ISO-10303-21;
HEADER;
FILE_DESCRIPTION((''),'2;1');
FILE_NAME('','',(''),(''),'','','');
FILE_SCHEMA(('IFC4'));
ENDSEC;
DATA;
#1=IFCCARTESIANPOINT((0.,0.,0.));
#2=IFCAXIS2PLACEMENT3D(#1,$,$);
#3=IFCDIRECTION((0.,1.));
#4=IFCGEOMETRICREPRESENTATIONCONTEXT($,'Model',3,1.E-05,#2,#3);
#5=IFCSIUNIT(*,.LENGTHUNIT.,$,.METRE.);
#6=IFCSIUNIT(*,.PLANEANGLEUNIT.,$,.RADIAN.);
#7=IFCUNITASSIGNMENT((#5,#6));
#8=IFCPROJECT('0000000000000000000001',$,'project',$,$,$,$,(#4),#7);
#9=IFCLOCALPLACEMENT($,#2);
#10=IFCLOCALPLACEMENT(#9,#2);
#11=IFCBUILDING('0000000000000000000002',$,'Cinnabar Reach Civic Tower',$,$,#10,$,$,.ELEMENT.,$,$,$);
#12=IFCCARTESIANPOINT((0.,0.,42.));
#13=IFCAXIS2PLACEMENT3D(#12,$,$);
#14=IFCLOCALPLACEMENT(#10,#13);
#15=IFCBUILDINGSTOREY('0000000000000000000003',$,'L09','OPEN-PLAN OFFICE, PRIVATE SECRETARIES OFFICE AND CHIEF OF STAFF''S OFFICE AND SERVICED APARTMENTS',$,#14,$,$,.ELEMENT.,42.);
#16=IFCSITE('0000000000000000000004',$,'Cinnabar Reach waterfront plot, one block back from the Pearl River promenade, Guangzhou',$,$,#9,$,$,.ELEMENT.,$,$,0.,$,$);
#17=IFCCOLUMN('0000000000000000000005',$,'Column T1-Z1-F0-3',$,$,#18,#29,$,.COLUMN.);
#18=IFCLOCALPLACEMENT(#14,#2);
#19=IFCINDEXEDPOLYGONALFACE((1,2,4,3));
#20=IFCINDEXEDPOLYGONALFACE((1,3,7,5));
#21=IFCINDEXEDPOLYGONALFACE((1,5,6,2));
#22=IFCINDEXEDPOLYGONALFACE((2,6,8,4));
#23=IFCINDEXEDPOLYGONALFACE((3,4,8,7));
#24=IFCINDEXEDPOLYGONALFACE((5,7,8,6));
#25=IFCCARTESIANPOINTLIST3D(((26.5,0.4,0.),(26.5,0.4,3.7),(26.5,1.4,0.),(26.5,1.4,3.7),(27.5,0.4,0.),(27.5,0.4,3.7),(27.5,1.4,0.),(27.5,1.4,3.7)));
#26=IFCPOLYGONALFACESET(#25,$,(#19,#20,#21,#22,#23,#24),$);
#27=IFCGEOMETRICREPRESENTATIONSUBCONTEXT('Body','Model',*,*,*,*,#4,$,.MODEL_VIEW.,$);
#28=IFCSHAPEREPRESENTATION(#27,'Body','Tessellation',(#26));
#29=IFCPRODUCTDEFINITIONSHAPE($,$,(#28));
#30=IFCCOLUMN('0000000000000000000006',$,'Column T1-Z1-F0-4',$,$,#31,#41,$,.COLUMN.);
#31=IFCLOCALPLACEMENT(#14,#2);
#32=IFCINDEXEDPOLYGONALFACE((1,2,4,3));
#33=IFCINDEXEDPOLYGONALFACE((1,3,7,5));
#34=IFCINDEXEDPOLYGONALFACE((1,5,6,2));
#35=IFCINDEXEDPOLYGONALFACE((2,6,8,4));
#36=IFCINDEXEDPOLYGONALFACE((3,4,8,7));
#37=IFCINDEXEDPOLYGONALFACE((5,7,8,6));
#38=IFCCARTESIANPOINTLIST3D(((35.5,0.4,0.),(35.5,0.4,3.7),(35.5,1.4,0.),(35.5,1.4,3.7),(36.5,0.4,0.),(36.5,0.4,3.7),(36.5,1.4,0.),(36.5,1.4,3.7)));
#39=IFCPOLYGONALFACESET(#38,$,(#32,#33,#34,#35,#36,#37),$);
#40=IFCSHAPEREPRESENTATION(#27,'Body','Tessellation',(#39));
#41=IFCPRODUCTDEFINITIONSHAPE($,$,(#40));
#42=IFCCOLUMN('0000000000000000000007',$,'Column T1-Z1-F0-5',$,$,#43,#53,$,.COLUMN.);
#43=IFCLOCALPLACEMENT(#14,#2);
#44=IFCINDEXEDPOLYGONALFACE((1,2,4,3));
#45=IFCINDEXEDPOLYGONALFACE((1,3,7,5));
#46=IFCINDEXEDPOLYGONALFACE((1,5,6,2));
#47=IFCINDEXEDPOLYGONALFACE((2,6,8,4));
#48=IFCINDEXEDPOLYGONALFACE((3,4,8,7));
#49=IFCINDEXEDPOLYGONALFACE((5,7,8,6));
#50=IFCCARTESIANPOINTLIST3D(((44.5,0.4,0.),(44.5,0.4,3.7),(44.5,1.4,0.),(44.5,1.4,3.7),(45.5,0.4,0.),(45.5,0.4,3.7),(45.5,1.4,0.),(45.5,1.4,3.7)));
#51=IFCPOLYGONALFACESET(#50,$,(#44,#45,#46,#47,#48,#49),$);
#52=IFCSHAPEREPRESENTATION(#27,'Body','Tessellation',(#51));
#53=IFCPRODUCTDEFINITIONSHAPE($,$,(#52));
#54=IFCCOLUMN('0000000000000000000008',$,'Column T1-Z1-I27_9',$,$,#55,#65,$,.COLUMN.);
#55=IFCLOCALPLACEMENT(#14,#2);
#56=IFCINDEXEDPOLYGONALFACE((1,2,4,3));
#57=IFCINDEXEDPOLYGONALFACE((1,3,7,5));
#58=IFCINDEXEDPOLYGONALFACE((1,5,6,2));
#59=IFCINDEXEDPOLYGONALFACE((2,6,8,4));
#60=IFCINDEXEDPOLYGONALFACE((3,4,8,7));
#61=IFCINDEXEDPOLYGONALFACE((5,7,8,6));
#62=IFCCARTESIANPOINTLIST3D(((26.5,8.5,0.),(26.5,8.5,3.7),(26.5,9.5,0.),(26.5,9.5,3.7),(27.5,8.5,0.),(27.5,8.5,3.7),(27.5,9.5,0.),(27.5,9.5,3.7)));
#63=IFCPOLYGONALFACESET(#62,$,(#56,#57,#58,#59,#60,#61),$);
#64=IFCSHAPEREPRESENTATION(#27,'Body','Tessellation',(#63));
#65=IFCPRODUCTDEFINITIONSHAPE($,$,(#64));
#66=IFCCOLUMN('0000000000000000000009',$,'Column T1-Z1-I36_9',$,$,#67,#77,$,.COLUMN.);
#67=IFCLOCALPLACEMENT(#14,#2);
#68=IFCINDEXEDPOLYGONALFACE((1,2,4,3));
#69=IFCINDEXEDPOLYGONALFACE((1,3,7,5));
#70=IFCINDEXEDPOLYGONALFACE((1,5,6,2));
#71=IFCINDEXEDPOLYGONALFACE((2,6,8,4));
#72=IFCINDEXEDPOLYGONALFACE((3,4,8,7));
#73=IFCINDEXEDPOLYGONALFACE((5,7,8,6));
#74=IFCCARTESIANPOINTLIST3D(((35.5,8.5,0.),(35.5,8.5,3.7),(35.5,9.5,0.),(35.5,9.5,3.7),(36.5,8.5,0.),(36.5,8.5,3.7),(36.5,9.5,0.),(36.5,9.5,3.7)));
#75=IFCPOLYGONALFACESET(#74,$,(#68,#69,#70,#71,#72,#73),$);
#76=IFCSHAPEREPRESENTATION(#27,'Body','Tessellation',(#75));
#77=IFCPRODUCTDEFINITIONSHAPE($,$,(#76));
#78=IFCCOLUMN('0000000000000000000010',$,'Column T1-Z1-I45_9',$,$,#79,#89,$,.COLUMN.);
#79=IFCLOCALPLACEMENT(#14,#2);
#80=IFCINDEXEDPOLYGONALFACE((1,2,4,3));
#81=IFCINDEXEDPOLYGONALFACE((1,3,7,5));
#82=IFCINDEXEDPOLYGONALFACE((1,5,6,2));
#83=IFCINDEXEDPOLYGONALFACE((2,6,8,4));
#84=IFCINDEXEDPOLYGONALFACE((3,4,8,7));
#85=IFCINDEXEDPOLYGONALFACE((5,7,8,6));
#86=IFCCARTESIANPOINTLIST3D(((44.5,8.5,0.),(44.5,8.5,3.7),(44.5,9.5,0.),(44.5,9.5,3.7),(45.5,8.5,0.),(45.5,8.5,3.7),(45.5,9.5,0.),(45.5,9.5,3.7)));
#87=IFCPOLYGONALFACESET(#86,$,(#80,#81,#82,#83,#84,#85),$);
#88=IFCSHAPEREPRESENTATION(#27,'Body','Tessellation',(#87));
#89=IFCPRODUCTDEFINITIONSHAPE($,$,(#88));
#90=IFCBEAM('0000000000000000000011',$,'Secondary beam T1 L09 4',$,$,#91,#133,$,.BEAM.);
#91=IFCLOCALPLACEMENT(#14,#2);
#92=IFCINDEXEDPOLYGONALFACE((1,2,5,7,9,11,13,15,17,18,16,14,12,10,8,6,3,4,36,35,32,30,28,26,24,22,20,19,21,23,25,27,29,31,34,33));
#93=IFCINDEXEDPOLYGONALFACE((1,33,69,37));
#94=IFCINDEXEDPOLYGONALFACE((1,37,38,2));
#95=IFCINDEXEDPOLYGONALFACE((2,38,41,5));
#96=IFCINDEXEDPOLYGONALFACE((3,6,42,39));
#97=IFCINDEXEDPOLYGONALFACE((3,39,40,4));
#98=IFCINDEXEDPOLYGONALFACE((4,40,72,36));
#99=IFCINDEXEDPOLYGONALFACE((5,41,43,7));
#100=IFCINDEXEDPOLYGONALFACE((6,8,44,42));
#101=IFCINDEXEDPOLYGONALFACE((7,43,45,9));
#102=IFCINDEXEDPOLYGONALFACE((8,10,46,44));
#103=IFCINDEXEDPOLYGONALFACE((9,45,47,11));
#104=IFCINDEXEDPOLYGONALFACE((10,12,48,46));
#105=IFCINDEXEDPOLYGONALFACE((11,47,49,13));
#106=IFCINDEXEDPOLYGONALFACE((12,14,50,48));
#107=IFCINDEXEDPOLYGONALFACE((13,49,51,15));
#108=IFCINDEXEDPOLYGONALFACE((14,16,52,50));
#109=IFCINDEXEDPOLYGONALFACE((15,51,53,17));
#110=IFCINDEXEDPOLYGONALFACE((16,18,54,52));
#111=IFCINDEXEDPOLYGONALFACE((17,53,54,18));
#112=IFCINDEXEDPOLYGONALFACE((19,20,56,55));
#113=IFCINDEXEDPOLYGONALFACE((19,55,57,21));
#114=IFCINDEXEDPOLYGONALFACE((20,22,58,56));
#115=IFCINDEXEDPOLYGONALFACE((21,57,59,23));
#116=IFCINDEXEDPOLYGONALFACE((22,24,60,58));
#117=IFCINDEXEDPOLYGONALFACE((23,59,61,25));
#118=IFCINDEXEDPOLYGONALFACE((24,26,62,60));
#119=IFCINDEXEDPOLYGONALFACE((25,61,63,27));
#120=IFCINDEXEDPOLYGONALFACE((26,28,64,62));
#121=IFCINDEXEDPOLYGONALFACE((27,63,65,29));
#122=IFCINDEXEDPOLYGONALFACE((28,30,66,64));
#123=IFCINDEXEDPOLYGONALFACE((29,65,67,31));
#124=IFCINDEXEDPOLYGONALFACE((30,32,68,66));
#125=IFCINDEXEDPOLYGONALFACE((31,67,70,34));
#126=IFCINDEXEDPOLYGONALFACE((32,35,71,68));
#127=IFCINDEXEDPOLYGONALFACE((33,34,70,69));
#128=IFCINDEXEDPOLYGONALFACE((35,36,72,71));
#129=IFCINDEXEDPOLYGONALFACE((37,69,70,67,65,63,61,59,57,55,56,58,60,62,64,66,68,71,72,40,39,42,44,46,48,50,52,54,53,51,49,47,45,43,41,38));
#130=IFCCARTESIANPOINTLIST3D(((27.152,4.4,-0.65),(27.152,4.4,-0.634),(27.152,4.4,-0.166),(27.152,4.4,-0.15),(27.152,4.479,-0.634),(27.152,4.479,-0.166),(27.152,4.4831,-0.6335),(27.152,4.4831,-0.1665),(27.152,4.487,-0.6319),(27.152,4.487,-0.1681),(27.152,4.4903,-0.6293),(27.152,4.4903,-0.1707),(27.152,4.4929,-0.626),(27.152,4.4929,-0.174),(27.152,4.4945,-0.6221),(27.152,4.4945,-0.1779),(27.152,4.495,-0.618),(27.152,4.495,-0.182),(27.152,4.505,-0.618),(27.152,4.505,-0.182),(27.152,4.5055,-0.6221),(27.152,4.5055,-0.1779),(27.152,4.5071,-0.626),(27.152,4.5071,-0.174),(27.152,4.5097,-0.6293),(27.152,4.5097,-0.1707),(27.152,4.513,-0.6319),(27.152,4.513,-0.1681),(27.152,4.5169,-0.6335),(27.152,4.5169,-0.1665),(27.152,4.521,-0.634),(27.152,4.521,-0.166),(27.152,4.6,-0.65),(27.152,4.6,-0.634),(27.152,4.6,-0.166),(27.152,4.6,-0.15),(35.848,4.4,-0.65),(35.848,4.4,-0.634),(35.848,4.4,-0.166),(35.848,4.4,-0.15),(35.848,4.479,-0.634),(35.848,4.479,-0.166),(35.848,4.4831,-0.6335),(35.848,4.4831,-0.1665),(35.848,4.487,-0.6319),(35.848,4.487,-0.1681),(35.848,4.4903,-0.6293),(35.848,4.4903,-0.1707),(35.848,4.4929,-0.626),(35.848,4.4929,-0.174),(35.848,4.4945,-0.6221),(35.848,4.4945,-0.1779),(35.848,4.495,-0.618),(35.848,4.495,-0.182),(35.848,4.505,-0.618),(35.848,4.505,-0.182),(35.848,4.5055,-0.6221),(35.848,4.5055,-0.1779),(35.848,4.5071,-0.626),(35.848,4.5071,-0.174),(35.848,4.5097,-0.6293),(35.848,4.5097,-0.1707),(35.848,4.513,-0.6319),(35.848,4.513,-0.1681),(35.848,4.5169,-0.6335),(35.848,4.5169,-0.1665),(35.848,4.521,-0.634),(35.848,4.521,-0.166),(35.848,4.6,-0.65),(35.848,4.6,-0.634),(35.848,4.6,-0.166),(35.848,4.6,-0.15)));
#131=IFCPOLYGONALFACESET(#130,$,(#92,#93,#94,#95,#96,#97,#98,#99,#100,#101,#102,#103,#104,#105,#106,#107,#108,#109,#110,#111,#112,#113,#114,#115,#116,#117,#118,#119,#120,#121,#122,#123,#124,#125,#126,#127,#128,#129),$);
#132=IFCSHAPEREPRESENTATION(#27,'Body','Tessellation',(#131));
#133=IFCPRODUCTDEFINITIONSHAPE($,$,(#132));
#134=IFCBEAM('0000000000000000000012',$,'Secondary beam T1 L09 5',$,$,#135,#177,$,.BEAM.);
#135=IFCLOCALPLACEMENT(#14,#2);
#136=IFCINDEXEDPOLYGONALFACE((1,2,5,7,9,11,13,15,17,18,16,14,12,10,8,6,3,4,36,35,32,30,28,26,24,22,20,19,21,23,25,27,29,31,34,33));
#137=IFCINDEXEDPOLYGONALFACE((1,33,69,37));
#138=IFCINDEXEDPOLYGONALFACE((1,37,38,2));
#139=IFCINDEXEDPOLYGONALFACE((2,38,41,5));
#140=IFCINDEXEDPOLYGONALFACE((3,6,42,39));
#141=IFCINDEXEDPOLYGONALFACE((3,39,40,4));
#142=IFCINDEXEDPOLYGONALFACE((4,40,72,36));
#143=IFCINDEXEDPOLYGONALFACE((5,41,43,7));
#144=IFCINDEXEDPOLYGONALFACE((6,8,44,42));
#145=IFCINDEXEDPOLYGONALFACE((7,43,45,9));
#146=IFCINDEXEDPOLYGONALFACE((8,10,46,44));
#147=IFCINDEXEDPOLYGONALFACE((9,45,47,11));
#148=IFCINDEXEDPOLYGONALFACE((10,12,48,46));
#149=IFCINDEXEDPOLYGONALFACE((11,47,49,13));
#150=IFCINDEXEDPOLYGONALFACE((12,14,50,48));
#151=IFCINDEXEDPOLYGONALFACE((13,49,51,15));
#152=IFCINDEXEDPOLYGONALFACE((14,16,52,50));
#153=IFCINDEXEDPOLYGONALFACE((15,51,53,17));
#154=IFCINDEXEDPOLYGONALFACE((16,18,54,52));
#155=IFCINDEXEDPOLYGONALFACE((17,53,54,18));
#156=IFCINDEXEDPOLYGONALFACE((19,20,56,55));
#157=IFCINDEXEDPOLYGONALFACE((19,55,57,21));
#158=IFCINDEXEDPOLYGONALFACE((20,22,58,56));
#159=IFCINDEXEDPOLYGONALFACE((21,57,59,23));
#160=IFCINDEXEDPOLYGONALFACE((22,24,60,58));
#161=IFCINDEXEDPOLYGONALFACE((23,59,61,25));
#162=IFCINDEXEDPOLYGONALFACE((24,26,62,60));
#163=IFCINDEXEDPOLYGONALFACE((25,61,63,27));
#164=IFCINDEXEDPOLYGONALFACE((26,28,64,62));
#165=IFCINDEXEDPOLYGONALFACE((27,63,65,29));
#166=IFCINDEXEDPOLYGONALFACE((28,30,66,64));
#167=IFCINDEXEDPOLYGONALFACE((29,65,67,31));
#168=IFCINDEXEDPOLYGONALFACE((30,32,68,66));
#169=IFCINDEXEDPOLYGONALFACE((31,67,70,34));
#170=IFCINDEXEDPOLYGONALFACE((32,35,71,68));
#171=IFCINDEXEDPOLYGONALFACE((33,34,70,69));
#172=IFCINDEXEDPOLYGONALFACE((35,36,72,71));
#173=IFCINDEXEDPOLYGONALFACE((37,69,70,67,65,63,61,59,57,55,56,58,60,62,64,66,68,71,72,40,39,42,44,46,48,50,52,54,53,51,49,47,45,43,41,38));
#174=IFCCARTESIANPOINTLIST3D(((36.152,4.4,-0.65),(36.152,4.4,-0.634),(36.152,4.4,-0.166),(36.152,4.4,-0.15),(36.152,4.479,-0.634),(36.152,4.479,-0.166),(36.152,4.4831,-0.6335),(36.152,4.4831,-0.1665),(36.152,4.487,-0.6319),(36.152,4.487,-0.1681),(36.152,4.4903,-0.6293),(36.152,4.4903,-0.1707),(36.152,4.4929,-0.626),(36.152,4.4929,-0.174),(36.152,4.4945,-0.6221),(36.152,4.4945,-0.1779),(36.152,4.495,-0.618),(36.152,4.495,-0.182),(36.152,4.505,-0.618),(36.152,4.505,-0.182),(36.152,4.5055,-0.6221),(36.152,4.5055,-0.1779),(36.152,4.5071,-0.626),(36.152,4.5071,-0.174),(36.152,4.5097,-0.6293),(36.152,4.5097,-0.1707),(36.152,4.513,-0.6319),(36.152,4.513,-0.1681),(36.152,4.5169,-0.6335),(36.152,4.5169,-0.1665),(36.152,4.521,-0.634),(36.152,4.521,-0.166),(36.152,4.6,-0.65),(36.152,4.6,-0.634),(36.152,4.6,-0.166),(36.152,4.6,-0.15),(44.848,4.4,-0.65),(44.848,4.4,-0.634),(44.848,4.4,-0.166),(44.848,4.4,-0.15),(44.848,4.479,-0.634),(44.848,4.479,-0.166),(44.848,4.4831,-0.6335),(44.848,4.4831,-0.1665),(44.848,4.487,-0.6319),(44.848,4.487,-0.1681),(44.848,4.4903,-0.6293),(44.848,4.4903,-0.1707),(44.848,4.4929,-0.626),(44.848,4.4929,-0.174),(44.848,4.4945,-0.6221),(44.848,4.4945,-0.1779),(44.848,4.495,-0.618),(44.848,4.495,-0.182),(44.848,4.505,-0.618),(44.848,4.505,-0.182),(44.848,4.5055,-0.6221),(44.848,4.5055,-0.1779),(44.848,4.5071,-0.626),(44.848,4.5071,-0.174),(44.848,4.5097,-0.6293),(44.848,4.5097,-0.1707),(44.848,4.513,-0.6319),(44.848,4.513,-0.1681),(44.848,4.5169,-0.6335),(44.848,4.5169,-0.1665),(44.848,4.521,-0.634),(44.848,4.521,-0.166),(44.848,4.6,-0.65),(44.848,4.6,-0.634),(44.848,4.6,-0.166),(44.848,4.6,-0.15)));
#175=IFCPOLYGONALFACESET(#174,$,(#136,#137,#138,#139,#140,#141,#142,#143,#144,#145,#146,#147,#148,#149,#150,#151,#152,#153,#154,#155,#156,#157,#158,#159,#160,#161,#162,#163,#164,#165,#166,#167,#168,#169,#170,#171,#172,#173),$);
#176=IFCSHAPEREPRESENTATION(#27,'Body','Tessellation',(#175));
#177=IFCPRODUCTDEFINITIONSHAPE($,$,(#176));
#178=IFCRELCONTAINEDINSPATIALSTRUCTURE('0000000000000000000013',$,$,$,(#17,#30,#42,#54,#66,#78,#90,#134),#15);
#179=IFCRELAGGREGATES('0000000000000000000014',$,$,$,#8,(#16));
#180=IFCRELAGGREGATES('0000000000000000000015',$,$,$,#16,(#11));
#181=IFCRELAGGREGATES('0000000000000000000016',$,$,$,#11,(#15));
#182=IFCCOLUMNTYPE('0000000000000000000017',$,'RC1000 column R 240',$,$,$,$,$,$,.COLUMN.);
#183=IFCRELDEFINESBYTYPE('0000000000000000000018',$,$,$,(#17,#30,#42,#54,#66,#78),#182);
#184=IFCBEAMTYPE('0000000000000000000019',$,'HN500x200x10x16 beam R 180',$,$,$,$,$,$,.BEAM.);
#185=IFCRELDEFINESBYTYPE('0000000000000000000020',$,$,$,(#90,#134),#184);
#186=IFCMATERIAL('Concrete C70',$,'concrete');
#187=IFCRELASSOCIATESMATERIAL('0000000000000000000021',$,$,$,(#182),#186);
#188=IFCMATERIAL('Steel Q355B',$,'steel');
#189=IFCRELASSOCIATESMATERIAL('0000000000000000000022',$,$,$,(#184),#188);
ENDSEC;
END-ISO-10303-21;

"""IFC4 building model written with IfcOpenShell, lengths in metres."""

from ifc_helpers import new_model, si_unit, direction, frame, origin, origin_2d, place, context, subcontext, project, spatial, rectangle, i_section, extrude, material, material_profile, profile_set, type_object, element, save


model = new_model("IFC4")

# Units and contexts
model_context = context("Model", 3, precision=1e-05, world=origin(), true_north=direction((0.0, 1.0)))
body_context = subcontext(model_context, "Body", "Model", "MODEL_VIEW")
ifc_project = project(units=[si_unit("LENGTHUNIT", "METRE"), si_unit("PLANEANGLEUNIT", "RADIAN")], contexts=[model_context])

# Site, building, storey
site_placement = place(None, origin())
site = spatial("IfcSite", under=ifc_project, at=site_placement, Name="Cinnabar Reach waterfront plot, one block back from the Pearl River promenade, Guangzhou", CompositionType="ELEMENT", RefElevation=0.0)
building_placement = place(site_placement, origin())
building = spatial("IfcBuilding", under=site, at=building_placement, Name="Cinnabar Reach Civic Tower", CompositionType="ELEMENT")
storey_placement = place(building_placement, frame((0.0, 0.0, 42.0)))
storey = spatial("IfcBuildingStorey", under=building, at=storey_placement, Name="L09", Description="OPEN-PLAN OFFICE, PRIVATE SECRETARIES OFFICE AND CHIEF OF STAFF'S OFFICE AND SERVICED APARTMENTS", CompositionType="ELEMENT", Elevation=42.0)

# Columns
ifc_material_1 = material(Name="Concrete C70", Category="concrete")
ifc_material_profile_1 = material_profile(ifc_material_1, rectangle(XDim=1.0, YDim=1.0, at=origin_2d()), Name="RC1000")
ifc_profile_set_1 = profile_set([ifc_material_profile_1], Name="Concrete C70")
column_type = type_object("IfcColumnType", Name="RC1000 column R 240", PredefinedType="COLUMN", material=ifc_profile_set_1)
for number, where, z_axis, x_axis, name in (
    (1, (27.0, 0.9, 0.0), (0.0, 0.0, 1.0), (1.0, 0.0, 0.0), "Column T1-Z1-F0-3"),
    (2, (36.0, 0.9, 0.0), (0.0, 0.0, 1.0), (1.0, 0.0, 0.0), "Column T1-Z1-F0-4"),
    (3, (45.0, 0.9, 0.0), (0.0, 0.0, 1.0), (1.0, 0.0, 0.0), "Column T1-Z1-F0-5"),
    (4, (27.0, 9.0, 0.0), (0.0, 0.0, 1.0), (1.0, 0.0, 0.0), "Column T1-Z1-I27_9"),
    (5, (36.0, 9.0, 0.0), (0.0, 0.0, 1.0), (1.0, 0.0, 0.0), "Column T1-Z1-I36_9"),
    (6, (45.0, 9.0, 0.0), (0.0, 0.0, 1.0), (1.0, 0.0, 0.0), "Column T1-Z1-I45_9"),
):
    element("IfcColumn", number, at=place(storey_placement, frame(where, z_axis=z_axis, x_axis=x_axis)), inside=storey, type_object=column_type, Name=name, PredefinedType="COLUMN", context=body_context, shape_type="SweptSolid", body=[
        extrude(rectangle(XDim=1.0, YDim=1.0, at=origin_2d()), origin(), (0.0, 0.0, 1.0), 3.7),
    ])

# Beams
ifc_material_2 = material(Name="Steel Q355B", Category="steel")
ifc_material_profile_2 = material_profile(ifc_material_2, i_section(OverallWidth=0.2, OverallDepth=0.5, WebThickness=0.01, FlangeThickness=0.016, FilletRadius=0.016, at=origin_2d()), Name="HN500x200x10x16")
ifc_profile_set_2 = profile_set([ifc_material_profile_2], Name="Steel Q355B")
beam_type_1 = type_object("IfcBeamType", Name="HN500x200x10x16 beam R 180", PredefinedType="BEAM", material=ifc_profile_set_2)
for number, where, z_axis, x_axis, name in (
    (7, (27.152, 4.5, -0.4), (1.0, 0.0, 0.0), (0.0, 1.0, 0.0), "Secondary beam T1 L09 4"),
    (8, (36.152, 4.5, -0.4), (1.0, 0.0, 0.0), (0.0, 1.0, 0.0), "Secondary beam T1 L09 5"),
):
    element("IfcBeam", number, at=place(storey_placement, frame(where, z_axis=z_axis, x_axis=x_axis)), inside=storey, type_object=beam_type_1, Name=name, PredefinedType="BEAM", context=body_context, shape_type="SweptSolid", body=[
        extrude(i_section(OverallWidth=0.2, OverallDepth=0.5, WebThickness=0.01, FlangeThickness=0.016, FilletRadius=0.016, at=origin_2d()), origin(), (0.0, 0.0, 1.0), 8.696),
    ])

save(model, "model.ifc")
